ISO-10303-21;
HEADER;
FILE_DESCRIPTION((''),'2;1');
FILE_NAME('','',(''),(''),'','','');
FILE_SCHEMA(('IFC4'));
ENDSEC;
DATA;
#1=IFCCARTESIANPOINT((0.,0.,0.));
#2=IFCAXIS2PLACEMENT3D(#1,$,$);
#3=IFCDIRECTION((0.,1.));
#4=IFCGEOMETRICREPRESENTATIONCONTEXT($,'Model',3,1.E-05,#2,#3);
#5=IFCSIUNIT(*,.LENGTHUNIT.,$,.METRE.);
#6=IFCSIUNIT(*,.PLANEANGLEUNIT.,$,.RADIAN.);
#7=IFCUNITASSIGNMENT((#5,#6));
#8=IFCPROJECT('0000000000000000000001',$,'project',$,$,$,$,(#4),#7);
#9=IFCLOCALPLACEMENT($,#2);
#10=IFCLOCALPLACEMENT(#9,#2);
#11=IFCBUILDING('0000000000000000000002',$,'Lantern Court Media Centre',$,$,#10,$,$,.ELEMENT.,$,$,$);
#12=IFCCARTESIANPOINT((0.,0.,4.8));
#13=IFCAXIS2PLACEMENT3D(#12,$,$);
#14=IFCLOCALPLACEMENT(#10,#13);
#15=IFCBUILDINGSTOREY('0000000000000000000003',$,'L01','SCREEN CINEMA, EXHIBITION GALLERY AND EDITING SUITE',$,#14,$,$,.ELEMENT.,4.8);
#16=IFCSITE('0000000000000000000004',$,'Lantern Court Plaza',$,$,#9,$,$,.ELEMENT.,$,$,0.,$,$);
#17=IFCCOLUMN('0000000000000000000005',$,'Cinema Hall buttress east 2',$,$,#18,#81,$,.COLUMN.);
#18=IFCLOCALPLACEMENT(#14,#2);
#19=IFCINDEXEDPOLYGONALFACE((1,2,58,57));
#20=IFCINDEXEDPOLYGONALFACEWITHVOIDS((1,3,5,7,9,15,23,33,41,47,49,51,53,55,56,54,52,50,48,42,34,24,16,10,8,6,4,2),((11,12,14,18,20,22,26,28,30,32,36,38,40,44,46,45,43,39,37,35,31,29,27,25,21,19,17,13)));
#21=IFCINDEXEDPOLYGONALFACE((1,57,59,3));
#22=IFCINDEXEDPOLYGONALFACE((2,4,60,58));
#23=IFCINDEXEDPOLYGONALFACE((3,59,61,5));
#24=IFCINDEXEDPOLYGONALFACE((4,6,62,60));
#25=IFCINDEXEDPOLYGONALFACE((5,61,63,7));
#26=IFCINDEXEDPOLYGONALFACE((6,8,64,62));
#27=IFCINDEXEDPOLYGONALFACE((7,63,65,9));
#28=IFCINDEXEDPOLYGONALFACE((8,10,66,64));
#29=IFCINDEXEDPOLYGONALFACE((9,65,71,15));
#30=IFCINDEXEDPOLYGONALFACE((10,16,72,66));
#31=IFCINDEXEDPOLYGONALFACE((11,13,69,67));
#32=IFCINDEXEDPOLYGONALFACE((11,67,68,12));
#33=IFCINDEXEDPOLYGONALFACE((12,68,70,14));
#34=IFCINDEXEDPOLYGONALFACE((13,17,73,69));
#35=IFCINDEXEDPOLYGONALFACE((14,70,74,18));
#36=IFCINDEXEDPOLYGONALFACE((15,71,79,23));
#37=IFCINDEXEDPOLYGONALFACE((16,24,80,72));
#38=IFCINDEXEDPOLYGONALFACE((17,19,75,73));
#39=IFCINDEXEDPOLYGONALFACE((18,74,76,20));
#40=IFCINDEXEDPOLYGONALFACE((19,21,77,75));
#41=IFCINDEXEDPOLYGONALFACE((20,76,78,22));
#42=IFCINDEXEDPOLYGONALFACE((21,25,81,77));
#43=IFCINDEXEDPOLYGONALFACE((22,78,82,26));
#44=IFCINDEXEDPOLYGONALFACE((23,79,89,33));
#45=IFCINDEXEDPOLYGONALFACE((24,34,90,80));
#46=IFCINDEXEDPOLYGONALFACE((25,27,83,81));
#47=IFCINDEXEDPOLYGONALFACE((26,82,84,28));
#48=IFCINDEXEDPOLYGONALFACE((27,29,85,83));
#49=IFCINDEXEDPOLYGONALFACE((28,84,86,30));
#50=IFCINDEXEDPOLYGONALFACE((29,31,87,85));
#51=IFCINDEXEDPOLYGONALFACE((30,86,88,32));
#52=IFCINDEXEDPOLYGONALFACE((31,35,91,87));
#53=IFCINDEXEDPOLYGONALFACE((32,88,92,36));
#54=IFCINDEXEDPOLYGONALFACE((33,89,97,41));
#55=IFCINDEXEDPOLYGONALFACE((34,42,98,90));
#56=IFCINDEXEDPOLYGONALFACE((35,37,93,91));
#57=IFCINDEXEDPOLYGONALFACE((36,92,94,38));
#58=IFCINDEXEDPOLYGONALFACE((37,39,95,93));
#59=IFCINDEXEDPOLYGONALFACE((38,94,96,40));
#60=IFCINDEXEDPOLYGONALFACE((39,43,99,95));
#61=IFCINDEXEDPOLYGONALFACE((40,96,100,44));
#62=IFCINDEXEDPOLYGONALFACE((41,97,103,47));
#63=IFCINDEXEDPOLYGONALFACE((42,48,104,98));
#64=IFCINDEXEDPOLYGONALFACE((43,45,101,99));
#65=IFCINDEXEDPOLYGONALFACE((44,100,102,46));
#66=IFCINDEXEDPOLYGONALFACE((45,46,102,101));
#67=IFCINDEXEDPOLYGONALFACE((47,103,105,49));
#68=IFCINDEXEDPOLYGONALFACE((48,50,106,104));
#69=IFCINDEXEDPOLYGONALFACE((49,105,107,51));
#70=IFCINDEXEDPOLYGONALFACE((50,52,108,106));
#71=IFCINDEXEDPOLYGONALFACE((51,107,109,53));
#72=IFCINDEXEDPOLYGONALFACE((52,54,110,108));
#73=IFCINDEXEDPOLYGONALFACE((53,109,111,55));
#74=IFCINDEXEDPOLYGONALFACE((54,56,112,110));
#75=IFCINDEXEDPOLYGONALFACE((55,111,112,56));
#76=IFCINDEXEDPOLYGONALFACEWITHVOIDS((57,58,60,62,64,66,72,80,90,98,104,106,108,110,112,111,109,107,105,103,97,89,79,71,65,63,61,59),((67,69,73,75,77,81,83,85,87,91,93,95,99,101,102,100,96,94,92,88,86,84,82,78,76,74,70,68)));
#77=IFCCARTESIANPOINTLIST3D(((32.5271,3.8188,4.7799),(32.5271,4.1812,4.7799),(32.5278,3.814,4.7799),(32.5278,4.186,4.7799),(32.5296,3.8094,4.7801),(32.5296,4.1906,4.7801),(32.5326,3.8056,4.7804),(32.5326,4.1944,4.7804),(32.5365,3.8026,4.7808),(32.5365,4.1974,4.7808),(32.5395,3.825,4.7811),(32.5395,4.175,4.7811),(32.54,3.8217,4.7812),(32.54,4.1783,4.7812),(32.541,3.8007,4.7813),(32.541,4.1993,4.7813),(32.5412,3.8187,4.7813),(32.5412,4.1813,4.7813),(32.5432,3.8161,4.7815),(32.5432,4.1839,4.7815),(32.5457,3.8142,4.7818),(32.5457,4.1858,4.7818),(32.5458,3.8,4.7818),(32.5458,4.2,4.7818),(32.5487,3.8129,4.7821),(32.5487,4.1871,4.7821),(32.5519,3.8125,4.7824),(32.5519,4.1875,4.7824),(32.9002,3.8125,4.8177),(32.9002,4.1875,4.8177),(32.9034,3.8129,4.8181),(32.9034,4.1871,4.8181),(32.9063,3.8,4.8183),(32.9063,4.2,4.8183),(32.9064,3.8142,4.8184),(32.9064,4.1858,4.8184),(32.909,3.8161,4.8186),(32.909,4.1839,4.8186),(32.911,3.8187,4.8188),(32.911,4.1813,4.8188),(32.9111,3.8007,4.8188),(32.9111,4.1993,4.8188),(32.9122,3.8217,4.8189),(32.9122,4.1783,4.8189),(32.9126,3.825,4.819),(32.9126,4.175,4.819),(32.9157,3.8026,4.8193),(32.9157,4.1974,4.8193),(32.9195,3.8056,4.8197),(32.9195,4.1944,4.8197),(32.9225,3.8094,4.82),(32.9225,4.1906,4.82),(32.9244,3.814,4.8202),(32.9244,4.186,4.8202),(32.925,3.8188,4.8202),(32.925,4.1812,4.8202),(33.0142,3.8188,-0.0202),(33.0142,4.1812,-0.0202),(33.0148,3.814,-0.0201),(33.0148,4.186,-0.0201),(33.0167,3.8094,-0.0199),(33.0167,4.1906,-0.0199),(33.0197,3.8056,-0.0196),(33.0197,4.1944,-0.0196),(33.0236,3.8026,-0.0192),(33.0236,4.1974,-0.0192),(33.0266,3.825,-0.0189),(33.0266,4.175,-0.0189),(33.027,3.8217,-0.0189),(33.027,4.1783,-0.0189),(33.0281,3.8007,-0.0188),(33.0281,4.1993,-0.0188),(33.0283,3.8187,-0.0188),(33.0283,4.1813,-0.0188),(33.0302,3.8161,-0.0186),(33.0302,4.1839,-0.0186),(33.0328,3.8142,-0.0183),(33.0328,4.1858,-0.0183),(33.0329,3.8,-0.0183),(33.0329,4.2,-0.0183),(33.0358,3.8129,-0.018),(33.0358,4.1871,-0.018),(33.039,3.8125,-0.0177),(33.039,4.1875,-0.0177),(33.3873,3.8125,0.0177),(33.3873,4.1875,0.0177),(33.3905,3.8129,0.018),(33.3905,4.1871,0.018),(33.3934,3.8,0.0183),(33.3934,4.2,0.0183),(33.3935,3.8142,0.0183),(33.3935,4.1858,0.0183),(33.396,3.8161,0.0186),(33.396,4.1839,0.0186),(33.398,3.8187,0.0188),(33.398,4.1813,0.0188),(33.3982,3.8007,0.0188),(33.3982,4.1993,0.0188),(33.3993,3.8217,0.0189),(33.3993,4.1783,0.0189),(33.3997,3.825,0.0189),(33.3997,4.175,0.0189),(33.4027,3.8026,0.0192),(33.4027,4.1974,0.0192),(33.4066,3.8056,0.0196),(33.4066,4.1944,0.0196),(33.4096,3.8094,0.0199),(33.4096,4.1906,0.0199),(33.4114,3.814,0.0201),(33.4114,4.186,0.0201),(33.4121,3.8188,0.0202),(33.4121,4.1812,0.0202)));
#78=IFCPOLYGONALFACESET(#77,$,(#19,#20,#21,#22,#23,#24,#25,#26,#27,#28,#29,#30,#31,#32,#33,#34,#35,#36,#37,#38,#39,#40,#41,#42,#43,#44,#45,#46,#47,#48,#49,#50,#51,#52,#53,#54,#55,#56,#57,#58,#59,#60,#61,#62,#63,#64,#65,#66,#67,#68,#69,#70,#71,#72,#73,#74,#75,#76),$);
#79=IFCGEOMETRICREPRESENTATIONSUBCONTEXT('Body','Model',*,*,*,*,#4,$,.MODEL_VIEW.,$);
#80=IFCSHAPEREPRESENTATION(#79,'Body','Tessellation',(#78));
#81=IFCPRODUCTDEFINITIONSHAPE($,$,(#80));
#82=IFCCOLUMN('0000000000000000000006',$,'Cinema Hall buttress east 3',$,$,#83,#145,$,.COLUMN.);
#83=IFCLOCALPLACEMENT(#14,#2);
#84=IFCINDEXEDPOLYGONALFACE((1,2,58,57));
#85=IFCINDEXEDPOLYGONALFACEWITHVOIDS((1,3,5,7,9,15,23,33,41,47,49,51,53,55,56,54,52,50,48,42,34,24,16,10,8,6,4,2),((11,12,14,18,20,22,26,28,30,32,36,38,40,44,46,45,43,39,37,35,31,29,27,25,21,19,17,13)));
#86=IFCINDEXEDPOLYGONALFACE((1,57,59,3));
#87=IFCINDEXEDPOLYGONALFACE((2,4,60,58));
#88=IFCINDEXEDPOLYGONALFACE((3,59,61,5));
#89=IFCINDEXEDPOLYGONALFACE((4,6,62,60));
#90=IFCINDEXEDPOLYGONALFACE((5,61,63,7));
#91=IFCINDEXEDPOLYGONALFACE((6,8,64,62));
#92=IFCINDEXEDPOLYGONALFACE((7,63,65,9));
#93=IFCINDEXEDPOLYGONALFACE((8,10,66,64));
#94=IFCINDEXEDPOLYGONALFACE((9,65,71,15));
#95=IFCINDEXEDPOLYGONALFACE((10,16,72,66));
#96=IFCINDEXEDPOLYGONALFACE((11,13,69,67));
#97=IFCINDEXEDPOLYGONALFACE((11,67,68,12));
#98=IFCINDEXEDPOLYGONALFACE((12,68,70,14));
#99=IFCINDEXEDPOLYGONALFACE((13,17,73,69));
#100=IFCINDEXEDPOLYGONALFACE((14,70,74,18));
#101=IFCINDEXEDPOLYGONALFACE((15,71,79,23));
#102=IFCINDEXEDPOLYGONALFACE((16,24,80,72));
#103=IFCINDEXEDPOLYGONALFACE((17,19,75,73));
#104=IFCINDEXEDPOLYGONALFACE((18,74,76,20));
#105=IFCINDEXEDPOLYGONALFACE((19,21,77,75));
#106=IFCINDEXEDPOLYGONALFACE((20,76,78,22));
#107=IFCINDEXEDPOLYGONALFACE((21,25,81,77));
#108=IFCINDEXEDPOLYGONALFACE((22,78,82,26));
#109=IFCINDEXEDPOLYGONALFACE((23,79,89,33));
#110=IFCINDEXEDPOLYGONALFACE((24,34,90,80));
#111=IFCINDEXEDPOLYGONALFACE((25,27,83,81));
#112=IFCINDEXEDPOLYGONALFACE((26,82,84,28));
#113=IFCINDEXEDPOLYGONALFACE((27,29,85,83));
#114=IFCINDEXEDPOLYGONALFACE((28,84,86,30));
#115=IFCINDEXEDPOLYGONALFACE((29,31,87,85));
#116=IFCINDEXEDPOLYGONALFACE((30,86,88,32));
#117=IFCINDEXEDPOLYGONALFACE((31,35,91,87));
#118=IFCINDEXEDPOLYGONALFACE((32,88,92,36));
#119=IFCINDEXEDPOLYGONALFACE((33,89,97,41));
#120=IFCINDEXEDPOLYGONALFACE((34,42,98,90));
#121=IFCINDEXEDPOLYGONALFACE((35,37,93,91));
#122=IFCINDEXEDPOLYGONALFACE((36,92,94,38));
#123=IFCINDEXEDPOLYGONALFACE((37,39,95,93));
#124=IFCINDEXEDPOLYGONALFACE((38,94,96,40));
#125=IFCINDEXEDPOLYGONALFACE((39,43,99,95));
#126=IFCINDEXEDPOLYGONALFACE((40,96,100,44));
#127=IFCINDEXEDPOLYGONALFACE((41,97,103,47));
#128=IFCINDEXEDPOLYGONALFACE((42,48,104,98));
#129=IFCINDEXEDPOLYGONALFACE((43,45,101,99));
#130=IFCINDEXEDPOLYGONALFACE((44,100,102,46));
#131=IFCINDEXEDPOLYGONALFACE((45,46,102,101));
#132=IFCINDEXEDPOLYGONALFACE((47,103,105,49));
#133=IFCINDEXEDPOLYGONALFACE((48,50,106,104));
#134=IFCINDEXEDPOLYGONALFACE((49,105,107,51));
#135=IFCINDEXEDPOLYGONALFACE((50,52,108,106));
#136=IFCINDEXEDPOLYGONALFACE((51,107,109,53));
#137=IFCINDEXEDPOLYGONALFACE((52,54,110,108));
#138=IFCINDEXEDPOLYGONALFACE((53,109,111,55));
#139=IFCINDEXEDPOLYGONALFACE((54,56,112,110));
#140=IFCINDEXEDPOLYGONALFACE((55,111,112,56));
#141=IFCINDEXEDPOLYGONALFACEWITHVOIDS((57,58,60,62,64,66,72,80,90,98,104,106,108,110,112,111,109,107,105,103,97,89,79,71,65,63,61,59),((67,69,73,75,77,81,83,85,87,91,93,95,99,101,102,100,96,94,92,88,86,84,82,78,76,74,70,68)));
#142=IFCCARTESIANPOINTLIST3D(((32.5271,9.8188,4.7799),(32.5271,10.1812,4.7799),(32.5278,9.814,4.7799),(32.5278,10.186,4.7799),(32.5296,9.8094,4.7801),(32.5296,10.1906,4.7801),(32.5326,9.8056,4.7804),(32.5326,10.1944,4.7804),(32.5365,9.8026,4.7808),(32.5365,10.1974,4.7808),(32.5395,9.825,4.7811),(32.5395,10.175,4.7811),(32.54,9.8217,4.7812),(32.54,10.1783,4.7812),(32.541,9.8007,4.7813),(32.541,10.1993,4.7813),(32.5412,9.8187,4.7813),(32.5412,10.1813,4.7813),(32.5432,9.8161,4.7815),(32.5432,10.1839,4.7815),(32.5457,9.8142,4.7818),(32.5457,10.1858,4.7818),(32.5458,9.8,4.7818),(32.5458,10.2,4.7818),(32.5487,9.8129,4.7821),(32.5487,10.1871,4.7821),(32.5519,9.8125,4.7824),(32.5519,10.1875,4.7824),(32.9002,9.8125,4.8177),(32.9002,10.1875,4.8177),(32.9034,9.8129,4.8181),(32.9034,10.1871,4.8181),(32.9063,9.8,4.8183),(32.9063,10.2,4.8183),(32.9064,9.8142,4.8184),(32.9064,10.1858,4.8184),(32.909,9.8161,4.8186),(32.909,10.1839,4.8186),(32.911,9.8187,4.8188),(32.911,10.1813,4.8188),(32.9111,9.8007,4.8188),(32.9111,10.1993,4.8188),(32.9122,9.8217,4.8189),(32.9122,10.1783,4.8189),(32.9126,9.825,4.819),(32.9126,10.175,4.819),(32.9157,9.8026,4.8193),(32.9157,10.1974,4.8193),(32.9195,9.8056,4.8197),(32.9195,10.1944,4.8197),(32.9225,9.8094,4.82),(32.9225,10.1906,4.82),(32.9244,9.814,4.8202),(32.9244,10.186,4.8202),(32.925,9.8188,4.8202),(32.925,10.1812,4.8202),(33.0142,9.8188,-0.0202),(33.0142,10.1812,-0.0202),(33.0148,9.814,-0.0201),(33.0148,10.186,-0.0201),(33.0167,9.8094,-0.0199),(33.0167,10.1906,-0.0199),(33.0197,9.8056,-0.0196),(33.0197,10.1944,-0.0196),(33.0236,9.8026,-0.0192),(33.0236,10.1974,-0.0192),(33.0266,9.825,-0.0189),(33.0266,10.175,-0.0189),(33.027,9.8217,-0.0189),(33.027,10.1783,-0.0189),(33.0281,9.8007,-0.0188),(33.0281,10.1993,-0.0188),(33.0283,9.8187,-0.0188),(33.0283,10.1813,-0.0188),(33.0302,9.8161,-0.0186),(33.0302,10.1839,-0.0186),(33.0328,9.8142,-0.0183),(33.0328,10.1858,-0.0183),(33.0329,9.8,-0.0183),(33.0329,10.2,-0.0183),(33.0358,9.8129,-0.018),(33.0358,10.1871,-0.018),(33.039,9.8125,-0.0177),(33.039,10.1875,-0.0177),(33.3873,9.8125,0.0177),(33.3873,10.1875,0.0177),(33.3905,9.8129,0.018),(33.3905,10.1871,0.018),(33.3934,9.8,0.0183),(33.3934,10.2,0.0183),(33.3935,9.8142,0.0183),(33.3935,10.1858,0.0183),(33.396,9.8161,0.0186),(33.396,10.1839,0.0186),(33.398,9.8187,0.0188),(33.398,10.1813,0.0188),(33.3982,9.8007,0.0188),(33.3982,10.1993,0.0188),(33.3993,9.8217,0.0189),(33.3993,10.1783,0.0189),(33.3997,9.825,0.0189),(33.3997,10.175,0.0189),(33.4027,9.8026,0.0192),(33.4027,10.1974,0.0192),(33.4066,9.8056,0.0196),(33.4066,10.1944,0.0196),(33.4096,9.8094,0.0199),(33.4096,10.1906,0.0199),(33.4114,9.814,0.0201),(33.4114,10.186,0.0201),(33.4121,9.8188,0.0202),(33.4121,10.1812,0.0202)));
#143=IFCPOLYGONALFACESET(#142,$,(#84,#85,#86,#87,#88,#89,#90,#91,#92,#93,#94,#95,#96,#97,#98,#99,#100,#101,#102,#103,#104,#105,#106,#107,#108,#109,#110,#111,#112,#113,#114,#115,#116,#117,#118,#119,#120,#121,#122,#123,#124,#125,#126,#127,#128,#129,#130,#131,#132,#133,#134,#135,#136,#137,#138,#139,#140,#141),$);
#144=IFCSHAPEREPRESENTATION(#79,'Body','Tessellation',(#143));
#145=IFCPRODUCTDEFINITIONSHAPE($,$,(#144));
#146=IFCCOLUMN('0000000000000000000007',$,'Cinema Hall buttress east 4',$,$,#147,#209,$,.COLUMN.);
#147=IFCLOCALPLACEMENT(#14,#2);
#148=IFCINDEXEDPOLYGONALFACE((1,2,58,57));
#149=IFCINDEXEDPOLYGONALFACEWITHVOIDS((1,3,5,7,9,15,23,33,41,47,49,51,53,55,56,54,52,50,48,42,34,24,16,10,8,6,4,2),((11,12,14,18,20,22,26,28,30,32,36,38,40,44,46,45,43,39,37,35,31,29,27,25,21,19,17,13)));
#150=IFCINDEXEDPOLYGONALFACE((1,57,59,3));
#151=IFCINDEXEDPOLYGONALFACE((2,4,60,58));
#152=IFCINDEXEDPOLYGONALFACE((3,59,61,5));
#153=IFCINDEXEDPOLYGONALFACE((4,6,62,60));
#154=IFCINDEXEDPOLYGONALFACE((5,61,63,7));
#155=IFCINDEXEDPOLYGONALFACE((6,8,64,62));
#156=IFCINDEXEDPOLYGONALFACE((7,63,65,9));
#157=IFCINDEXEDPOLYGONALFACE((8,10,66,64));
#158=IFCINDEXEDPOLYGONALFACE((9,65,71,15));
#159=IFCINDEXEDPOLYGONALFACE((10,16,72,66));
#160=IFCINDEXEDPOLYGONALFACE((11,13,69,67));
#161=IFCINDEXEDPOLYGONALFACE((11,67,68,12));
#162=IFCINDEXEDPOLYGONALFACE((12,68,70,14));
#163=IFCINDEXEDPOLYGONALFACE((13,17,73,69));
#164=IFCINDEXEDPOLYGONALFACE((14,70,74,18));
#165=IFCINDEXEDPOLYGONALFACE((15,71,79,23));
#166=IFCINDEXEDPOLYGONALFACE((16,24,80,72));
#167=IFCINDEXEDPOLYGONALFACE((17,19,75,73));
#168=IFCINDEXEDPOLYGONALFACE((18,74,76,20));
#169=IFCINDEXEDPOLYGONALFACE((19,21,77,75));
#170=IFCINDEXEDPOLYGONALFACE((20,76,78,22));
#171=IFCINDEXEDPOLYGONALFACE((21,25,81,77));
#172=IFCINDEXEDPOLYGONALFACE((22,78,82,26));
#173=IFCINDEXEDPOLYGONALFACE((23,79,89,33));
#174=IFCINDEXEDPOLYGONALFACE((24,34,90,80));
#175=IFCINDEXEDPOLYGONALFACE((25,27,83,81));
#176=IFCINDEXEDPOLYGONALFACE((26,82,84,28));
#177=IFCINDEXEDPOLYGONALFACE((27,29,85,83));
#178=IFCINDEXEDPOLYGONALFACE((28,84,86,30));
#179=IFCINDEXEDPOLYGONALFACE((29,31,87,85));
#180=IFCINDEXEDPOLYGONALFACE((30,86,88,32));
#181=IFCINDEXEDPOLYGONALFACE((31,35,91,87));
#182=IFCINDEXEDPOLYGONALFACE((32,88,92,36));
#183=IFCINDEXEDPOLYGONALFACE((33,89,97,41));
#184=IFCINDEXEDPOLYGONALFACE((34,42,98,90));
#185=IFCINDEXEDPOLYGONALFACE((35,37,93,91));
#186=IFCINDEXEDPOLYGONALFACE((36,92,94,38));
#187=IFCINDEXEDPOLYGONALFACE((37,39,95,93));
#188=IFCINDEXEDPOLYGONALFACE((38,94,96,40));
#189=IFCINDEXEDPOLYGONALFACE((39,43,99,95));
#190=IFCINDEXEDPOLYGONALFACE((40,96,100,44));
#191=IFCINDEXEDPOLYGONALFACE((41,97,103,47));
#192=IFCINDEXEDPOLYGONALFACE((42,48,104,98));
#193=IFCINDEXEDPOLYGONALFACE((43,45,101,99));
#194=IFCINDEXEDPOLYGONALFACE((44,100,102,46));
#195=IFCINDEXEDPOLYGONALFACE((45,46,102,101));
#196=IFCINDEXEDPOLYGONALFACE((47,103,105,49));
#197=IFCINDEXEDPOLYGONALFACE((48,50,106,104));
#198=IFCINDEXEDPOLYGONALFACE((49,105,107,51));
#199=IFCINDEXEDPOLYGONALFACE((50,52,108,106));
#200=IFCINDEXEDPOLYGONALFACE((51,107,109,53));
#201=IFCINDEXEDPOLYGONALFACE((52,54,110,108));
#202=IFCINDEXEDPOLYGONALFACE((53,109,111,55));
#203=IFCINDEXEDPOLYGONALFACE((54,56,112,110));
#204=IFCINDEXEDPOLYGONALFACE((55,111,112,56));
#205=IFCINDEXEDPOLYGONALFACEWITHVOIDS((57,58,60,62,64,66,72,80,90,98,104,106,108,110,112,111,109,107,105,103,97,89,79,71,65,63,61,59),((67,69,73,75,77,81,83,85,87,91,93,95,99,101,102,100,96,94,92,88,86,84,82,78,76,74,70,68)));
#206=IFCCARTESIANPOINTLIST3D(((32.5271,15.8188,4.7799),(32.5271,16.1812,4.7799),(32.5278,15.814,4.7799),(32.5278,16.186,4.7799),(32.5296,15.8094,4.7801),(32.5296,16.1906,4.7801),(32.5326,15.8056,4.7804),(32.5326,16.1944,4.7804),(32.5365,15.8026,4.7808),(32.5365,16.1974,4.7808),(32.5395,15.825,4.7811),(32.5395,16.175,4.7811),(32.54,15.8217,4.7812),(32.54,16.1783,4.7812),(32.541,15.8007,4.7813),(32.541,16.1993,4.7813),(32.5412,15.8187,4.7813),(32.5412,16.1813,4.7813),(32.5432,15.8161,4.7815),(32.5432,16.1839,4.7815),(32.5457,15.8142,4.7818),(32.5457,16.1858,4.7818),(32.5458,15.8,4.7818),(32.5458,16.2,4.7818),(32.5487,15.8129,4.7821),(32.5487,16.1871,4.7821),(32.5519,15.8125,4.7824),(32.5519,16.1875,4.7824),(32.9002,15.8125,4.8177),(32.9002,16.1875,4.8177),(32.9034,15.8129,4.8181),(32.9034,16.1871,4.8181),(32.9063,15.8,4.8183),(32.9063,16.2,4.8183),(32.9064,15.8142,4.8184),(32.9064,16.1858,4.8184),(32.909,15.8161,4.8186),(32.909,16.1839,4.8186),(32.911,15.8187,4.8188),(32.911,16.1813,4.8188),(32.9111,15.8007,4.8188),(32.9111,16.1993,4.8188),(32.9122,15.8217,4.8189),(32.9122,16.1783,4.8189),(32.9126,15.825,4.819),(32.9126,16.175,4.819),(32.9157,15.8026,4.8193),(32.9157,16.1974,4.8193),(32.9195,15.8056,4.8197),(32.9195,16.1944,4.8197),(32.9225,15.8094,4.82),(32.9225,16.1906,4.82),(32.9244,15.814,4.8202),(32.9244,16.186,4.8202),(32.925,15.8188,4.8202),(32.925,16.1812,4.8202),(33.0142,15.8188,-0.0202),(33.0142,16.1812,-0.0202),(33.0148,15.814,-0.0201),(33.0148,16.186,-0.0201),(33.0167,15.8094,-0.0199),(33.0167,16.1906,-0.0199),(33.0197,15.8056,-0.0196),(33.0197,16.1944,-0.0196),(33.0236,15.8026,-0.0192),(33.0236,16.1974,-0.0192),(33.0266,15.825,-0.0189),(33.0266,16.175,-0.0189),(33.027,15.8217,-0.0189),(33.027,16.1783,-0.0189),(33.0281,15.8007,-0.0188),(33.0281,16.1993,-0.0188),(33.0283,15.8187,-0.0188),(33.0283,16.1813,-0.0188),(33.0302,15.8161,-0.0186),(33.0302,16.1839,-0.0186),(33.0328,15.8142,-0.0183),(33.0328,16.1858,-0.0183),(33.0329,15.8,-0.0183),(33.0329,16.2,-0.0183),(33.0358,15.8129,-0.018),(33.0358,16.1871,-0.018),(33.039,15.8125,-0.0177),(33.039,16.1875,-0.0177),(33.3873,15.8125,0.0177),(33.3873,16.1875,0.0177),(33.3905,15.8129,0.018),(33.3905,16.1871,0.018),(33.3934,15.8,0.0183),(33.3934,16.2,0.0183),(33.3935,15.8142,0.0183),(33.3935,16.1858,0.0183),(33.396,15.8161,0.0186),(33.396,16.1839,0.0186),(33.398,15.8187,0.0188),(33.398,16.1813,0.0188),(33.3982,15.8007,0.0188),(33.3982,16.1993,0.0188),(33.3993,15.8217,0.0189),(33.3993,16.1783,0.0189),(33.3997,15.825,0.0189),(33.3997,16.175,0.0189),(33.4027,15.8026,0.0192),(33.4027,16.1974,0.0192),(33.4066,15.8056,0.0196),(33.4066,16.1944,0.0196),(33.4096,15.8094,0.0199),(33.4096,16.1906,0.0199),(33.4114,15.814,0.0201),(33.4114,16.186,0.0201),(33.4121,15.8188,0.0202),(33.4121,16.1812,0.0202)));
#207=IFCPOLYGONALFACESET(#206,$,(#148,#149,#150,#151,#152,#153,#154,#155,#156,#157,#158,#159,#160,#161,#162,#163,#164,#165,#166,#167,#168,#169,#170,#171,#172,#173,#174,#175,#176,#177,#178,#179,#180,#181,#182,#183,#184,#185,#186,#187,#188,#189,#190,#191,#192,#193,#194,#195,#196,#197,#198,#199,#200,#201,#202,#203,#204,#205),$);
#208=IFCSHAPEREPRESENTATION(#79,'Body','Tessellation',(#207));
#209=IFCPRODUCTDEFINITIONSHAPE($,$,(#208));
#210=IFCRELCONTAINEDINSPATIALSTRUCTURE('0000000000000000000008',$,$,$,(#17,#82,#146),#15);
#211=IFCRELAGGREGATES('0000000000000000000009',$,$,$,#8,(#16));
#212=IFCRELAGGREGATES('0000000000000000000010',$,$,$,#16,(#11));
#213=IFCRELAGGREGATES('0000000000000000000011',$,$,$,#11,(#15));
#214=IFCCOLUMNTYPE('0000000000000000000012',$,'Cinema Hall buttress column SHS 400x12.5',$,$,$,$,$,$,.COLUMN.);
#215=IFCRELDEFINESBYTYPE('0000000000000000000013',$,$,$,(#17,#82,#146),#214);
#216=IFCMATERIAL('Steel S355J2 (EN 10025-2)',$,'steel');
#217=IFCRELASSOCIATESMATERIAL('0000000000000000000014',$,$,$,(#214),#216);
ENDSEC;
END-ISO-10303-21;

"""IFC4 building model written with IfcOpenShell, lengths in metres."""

from ifc_helpers import new_model, si_unit, direction, frame, origin, origin_2d, place, context, subcontext, project, spatial, hollow_rectangle, extrude, material, material_profile, profile_set, type_object, element, save


model = new_model("IFC4")

# Units and contexts
model_context = context("Model", 3, precision=1e-05, world=origin(), true_north=direction((0.0, 1.0)))
body_context = subcontext(model_context, "Body", "Model", "MODEL_VIEW")
ifc_project = project(units=[si_unit("LENGTHUNIT", "METRE"), si_unit("PLANEANGLEUNIT", "RADIAN")], contexts=[model_context])

# Site, building, storey
site_placement = place(None, origin())
site = spatial("IfcSite", under=ifc_project, at=site_placement, Name="Lantern Court Plaza", CompositionType="ELEMENT", RefElevation=0.0)
building_placement = place(site_placement, origin())
building = spatial("IfcBuilding", under=site, at=building_placement, Name="Lantern Court Media Centre", CompositionType="ELEMENT")
storey_placement = place(building_placement, frame((0.0, 0.0, 4.8)))
storey = spatial("IfcBuildingStorey", under=building, at=storey_placement, Name="L01", Description="SCREEN CINEMA, EXHIBITION GALLERY AND EDITING SUITE", CompositionType="ELEMENT", Elevation=4.8)

# Columns
ifc_material_1 = material(Name="Steel S355J2 (EN 10025-2)", Category="steel")
ifc_material_profile_1 = material_profile(ifc_material_1, hollow_rectangle(XDim=0.3999, YDim=0.3999, WallThickness=0.0125, InnerFilletRadius=0.0125, OuterFilletRadius=0.0188, at=origin_2d()), Name="Cinema Hall buttress column SHS 400x12.5")
ifc_profile_set_1 = profile_set([ifc_material_profile_1], Name="Steel S355J2 (EN 10025-2)")
column_type_1 = type_object("IfcColumnType", Name="Cinema Hall buttress column SHS 400x12.5", PredefinedType="COLUMN", material=ifc_profile_set_1)
for number, where, z_axis, x_axis, name in (
    (1, (33.2131, 4.0, 0.0), (-0.100952, 0.0, 0.994891), (0.0, -1.0, 0.0), "Cinema Hall buttress east 2"),
    (2, (33.2131, 10.0, 0.0), (-0.100952, 0.0, 0.994891), (0.0, -1.0, 0.0), "Cinema Hall buttress east 3"),
    (3, (33.2131, 16.0, 0.0), (-0.100952, 0.0, 0.994891), (0.0, -1.0, 0.0), "Cinema Hall buttress east 4"),
):
    element("IfcColumn", number, at=place(storey_placement, frame(where, z_axis=z_axis, x_axis=x_axis)), inside=storey, type_object=column_type_1, Name=name, PredefinedType="COLUMN", context=body_context, shape_type="SweptSolid", body=[
        extrude(hollow_rectangle(XDim=0.3999, YDim=0.3999, WallThickness=0.0125, InnerFilletRadius=0.0125, OuterFilletRadius=0.0188, at=origin_2d()), origin(), (0.0, 0.0, 1.0), 4.8247),
    ])

save(model, "model.ifc")
